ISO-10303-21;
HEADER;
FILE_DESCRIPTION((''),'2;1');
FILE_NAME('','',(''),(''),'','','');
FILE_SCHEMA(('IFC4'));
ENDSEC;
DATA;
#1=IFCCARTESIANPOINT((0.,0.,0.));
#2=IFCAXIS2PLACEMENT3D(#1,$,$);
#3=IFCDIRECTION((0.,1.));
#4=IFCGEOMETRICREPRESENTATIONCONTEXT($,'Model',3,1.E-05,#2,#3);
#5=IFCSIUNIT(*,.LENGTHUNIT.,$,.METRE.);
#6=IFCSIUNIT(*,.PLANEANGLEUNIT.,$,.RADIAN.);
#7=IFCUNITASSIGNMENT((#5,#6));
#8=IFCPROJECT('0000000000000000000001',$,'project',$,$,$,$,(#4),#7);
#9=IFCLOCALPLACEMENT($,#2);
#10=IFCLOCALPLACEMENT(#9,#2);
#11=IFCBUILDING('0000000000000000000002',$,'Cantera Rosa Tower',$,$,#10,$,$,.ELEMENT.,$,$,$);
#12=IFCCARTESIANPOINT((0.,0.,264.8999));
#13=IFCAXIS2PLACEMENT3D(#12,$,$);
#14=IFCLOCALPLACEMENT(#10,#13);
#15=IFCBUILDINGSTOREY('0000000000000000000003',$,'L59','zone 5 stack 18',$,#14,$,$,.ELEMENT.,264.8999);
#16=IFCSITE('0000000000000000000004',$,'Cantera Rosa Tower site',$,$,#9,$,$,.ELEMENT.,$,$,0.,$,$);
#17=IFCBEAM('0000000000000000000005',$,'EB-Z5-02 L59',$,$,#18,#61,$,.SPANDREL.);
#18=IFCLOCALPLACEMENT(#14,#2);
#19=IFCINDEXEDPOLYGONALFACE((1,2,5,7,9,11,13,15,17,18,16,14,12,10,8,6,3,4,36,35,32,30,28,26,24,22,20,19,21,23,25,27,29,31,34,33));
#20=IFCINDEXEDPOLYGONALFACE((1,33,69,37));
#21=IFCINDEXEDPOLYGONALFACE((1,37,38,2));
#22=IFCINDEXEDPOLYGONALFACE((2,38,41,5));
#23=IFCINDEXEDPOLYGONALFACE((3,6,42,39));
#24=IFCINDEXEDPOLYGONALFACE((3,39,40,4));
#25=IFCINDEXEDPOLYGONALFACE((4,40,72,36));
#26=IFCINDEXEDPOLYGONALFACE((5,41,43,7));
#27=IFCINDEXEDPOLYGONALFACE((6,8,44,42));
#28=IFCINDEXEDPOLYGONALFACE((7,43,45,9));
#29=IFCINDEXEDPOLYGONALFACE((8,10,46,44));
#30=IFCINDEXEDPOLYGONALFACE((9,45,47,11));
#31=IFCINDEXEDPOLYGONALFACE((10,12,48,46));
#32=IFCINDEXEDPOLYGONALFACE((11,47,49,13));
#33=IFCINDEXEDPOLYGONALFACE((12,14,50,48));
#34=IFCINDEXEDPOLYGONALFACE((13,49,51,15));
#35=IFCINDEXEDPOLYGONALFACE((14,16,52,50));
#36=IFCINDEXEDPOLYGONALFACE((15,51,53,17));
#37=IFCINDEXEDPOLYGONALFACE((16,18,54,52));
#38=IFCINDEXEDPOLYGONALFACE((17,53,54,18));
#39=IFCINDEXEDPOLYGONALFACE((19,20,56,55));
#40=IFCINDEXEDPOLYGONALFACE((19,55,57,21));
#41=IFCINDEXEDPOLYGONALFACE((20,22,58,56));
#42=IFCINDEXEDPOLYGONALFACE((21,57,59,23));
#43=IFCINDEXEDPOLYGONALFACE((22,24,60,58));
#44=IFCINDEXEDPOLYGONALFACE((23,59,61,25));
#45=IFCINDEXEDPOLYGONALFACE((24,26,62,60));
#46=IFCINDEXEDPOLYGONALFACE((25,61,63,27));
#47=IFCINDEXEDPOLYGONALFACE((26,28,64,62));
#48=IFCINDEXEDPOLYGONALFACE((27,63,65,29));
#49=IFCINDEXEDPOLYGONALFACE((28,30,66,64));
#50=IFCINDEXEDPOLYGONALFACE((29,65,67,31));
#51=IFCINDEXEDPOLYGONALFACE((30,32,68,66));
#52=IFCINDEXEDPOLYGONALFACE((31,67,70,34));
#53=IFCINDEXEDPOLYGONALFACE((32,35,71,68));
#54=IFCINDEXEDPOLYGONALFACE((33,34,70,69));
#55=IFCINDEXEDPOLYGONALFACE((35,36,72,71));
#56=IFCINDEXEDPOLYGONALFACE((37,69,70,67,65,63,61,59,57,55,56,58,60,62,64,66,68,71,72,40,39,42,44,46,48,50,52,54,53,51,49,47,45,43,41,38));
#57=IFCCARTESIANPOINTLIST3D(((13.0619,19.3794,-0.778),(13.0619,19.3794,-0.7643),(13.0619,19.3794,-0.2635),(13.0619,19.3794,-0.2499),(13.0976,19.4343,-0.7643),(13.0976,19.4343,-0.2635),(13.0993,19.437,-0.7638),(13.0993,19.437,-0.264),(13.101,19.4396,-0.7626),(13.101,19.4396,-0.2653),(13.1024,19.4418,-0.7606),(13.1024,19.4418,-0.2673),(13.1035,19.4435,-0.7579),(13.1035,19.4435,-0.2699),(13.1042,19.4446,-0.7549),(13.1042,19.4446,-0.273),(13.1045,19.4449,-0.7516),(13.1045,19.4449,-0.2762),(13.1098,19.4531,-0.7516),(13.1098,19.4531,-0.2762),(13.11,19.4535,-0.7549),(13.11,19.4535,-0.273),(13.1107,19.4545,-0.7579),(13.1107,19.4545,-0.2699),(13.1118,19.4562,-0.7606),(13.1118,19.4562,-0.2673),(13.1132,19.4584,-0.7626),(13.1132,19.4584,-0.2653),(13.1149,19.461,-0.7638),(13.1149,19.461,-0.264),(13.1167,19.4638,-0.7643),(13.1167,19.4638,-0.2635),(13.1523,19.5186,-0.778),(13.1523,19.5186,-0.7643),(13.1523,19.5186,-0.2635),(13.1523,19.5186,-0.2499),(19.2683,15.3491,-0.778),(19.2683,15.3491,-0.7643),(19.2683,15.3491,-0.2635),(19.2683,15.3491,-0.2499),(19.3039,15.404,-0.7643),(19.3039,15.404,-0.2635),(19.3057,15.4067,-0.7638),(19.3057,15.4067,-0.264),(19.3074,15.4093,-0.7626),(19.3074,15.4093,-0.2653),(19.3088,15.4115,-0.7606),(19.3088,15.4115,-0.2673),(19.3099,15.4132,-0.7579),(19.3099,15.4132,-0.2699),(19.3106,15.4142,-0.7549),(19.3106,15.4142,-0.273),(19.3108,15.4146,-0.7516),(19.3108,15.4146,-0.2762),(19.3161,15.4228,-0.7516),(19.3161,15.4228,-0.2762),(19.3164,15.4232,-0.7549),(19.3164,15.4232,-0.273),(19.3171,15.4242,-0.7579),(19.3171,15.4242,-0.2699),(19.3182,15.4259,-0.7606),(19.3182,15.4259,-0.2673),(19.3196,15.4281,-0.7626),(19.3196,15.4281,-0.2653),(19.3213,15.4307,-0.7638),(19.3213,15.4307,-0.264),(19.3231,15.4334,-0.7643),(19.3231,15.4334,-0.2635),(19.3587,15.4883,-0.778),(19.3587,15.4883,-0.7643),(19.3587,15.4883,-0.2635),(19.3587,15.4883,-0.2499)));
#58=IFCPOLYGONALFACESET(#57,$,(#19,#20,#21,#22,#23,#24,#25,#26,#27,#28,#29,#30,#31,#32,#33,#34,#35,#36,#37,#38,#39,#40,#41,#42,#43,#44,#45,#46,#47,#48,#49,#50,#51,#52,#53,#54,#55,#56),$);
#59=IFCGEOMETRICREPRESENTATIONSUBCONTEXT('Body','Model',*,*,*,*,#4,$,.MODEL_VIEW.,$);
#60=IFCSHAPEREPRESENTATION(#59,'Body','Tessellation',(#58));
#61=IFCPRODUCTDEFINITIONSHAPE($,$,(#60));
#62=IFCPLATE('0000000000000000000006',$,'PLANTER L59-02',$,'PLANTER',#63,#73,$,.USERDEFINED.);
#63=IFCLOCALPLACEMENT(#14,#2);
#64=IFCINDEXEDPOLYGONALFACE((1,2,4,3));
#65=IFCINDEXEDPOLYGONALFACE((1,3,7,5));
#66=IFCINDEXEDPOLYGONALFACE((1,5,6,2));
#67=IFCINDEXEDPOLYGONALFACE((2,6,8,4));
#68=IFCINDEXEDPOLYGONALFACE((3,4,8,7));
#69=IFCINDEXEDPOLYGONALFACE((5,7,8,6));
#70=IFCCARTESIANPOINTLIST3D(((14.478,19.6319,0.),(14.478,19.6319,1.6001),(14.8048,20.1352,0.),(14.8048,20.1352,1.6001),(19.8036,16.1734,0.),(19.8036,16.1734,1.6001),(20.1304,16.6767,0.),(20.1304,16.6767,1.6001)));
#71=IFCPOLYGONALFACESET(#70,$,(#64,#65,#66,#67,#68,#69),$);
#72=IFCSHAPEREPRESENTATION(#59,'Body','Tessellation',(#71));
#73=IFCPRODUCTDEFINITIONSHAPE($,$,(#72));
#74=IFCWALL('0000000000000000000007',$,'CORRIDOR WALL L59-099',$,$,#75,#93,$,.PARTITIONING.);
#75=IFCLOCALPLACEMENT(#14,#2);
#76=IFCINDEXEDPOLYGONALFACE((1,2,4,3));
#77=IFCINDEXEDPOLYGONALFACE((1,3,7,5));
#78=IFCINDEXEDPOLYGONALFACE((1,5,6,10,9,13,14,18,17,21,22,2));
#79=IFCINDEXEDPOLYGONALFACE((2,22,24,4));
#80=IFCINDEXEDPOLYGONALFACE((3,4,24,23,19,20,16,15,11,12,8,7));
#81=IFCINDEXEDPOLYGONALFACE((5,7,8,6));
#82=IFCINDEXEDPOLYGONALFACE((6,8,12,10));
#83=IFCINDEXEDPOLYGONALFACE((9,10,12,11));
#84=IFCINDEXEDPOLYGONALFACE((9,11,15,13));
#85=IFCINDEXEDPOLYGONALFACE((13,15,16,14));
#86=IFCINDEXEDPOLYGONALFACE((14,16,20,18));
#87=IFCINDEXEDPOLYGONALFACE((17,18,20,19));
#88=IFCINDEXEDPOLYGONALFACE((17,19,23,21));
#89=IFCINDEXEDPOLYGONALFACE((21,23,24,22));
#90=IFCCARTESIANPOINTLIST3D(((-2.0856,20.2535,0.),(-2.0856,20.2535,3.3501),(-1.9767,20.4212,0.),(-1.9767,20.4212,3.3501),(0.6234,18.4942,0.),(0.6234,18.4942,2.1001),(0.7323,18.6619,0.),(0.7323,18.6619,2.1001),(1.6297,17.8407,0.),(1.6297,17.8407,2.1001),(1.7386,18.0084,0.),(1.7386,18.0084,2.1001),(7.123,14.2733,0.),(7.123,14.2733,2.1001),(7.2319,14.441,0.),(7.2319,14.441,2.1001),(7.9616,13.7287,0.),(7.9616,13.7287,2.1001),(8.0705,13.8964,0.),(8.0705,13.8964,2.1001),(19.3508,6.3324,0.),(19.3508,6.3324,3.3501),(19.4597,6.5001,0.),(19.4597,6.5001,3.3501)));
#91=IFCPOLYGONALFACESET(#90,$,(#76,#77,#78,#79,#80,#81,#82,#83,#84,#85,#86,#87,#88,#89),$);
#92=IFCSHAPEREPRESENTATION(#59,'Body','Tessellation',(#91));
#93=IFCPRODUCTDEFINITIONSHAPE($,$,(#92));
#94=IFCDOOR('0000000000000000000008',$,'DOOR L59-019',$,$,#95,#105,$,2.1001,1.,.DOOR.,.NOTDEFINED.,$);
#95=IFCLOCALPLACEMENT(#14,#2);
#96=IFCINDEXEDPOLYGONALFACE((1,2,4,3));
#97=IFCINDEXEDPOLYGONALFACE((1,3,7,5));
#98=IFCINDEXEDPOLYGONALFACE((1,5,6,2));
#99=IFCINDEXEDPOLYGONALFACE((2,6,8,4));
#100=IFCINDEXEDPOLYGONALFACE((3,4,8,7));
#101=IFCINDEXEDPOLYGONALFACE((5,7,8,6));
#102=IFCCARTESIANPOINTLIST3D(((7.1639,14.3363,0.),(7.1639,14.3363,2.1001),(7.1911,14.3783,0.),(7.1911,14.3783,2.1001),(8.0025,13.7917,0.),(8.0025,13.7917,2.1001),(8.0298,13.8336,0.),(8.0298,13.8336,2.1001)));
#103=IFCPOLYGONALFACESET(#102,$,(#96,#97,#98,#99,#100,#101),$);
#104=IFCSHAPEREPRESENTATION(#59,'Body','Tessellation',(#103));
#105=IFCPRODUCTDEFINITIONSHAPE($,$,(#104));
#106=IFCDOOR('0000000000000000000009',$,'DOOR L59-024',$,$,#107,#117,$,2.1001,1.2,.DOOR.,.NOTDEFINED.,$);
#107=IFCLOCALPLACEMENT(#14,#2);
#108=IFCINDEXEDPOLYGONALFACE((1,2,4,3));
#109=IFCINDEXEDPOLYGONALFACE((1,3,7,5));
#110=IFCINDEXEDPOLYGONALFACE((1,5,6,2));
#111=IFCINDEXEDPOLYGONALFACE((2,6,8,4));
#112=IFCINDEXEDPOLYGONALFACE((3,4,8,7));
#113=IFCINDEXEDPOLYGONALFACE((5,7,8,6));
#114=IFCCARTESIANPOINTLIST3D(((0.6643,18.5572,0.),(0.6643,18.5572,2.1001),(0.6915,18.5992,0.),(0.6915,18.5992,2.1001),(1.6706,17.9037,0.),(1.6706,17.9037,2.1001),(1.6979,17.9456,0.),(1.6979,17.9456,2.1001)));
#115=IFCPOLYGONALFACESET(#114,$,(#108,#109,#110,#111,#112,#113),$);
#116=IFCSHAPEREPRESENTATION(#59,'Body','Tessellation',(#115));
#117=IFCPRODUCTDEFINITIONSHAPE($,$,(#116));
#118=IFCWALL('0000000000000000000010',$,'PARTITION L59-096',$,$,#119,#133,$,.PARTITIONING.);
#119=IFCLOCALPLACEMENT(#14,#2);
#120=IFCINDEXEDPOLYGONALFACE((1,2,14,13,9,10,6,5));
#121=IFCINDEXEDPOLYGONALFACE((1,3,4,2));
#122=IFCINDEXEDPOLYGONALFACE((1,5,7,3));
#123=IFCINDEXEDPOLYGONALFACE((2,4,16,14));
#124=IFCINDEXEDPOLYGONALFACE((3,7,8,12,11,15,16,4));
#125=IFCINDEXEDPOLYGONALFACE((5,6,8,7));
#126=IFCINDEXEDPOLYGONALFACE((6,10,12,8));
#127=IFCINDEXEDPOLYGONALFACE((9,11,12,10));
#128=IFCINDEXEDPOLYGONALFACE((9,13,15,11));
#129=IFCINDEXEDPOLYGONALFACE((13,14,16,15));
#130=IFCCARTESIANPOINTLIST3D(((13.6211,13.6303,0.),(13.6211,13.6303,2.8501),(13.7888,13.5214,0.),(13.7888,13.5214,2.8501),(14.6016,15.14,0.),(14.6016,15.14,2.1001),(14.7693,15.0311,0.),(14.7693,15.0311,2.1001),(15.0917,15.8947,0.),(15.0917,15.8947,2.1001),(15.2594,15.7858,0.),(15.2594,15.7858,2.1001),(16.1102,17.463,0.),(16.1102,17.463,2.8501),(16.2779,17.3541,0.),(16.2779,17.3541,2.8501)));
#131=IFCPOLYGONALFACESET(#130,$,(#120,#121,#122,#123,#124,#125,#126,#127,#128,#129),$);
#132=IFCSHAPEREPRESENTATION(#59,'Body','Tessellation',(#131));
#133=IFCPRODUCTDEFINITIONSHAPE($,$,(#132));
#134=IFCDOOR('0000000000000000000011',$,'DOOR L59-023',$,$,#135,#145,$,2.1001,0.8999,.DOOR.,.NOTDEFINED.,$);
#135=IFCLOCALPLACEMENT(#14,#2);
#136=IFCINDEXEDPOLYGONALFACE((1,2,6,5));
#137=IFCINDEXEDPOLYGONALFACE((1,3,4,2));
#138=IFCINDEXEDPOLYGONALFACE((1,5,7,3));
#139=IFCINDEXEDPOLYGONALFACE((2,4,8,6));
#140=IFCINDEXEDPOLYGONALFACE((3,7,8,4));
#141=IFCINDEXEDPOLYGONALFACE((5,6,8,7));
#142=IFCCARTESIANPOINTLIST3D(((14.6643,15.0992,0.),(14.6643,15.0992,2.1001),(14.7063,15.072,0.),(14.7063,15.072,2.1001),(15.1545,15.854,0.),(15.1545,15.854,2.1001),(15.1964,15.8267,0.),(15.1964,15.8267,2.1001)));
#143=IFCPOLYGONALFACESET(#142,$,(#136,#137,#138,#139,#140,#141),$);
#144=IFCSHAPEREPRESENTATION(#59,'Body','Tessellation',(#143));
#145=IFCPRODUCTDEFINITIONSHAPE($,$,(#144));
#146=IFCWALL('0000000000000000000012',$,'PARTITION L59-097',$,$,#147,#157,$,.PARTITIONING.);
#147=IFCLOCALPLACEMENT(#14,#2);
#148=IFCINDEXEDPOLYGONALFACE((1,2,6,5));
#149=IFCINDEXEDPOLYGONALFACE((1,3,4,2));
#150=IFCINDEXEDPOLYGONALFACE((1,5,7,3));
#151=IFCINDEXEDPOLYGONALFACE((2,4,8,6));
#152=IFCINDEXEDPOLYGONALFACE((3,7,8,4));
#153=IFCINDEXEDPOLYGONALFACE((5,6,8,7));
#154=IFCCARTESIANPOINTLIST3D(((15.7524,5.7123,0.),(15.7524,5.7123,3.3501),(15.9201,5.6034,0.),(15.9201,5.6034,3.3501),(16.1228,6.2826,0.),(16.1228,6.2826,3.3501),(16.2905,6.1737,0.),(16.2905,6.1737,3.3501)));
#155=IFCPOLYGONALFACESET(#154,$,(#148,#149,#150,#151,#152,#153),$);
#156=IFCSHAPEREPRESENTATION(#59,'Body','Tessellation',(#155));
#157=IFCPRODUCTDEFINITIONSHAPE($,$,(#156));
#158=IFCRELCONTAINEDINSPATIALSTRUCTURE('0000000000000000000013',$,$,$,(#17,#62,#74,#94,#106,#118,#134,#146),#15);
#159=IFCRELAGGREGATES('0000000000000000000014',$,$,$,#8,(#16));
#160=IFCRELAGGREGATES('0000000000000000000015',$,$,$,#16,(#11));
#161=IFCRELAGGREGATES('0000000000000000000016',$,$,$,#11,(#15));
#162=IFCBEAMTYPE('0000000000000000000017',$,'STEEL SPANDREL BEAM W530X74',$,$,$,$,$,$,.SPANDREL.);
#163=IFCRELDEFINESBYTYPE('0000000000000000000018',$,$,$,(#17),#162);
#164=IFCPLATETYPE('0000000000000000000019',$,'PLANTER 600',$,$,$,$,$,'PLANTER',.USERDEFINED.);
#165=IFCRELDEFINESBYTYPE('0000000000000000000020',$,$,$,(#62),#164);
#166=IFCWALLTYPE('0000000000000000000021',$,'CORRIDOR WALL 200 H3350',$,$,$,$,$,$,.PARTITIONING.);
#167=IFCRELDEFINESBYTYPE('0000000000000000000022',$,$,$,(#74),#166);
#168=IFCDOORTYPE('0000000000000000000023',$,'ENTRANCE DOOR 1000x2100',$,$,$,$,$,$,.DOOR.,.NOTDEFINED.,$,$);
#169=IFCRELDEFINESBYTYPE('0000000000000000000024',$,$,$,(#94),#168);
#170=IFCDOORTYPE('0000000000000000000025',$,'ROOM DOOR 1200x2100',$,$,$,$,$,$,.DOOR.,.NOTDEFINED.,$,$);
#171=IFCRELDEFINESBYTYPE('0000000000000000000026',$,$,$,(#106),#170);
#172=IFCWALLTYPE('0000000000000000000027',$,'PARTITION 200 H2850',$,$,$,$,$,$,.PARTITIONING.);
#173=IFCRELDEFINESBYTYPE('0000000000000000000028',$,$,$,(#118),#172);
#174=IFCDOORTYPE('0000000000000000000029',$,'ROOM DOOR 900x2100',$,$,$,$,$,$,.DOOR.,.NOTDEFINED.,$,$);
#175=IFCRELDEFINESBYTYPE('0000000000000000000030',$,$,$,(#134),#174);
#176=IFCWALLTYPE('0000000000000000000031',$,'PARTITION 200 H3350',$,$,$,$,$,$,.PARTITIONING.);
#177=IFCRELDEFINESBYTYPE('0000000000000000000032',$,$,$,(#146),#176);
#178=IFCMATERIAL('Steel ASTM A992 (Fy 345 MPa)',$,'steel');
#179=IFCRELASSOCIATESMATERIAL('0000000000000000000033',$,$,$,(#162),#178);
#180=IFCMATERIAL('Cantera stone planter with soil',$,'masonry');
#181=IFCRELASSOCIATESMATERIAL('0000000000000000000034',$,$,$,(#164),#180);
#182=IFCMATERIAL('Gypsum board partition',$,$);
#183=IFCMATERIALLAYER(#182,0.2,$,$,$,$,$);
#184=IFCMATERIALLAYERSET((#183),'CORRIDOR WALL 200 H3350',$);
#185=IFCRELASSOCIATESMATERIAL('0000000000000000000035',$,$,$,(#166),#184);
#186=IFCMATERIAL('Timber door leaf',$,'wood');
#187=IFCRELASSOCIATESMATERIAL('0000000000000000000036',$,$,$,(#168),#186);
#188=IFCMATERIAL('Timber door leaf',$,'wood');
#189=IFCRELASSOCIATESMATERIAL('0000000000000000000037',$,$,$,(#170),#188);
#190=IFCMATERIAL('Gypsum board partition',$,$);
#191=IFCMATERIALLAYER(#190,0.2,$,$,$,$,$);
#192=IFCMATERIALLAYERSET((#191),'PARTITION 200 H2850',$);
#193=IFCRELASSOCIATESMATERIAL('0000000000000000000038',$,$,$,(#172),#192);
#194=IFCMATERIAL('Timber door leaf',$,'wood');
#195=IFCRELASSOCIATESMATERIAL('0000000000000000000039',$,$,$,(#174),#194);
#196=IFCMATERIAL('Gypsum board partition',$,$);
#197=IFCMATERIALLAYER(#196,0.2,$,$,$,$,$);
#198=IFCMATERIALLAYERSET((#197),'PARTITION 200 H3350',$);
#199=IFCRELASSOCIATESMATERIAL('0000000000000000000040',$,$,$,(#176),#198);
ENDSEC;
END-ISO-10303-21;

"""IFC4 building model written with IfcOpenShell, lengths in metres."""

from ifc_helpers import new_model, si_unit, direction, frame, frame_2d, origin, origin_2d, place, context, subcontext, project, spatial, rectangle, i_section, extrude, material, layer, layer_set, material_profile, profile_set, type_object, element, fill, save


model = new_model("IFC4")

# Units and contexts
model_context = context("Model", 3, precision=1e-05, world=origin(), true_north=direction((0.0, 1.0)))
body_context = subcontext(model_context, "Body", "Model", "MODEL_VIEW")
ifc_project = project(units=[si_unit("LENGTHUNIT", "METRE"), si_unit("PLANEANGLEUNIT", "RADIAN")], contexts=[model_context])

# Site, building, storey
site_placement = place(None, origin())
site = spatial("IfcSite", under=ifc_project, at=site_placement, Name="Cantera Rosa Tower site", CompositionType="ELEMENT", RefElevation=0.0)
building_placement = place(site_placement, origin())
building = spatial("IfcBuilding", under=site, at=building_placement, Name="Cantera Rosa Tower", CompositionType="ELEMENT")
storey_placement = place(building_placement, frame((0.0, 0.0, 264.8999)))
storey = spatial("IfcBuildingStorey", under=building, at=storey_placement, Name="L59", Description="zone 5 stack 18", CompositionType="ELEMENT", Elevation=264.8999)

# Beam
ifc_material_1 = material(Name="Steel ASTM A992 (Fy 345 MPa)", Category="steel")
ifc_material_profile_1 = material_profile(ifc_material_1, i_section(OverallWidth=0.166, OverallDepth=0.5281, WebThickness=0.0098, FlangeThickness=0.0137, FilletRadius=0.0127, at=origin_2d()), Name="W530X74")
ifc_profile_set_1 = profile_set([ifc_material_profile_1], Name="Steel ASTM A992 (Fy 345 MPa)")
beam_type_1 = type_object("IfcBeamType", Name="STEEL SPANDREL BEAM W530X74", PredefinedType="SPANDREL", material=ifc_profile_set_1)
beam_1_placement = place(storey_placement, frame((19.3135, 15.4187, -0.5139), z_axis=(-0.838679, 0.544625, 0.0), x_axis=(-0.544625, -0.838679, 0.0)))
element("IfcBeam", 1, at=beam_1_placement, inside=storey, type_object=beam_type_1, Name="EB-Z5-02 L59", PredefinedType="SPANDREL", context=body_context, shape_type="SweptSolid", body=[
    extrude(i_section(OverallWidth=0.166, OverallDepth=0.5281, WebThickness=0.0098, FlangeThickness=0.0137, FilletRadius=0.0127, at=origin_2d()), origin(), (0.0, 0.0, 1.0), 7.4001),
])

# Plate
ifc_material_2 = material(Name="Cantera stone planter with soil", Category="masonry")
plate_type = type_object("IfcPlateType", Name="PLANTER 600", ElementType="PLANTER", PredefinedType="USERDEFINED", material=ifc_material_2)
plate_placement = place(storey_placement, frame((17.3042, 18.1543, 0.0), z_axis=(0.0, 0.0, 1.0), x_axis=(-0.838671, 0.544639, 0.0)))
element("IfcPlate", 2, at=plate_placement, inside=storey, type_object=plate_type, Name="PLANTER L59-02", ObjectType="PLANTER", PredefinedType="USERDEFINED", context=body_context, shape_type="SweptSolid", body=[
    extrude(rectangle(XDim=6.3501, YDim=0.6001, at=origin_2d()), origin(), (0.0, 0.0, 1.0), 1.6001),
])

# Wall, openings, doors
ifc_material_3 = material(Name="Gypsum board partition")
ifc_layer_1 = layer(ifc_material_3, 0.2)
ifc_layer_set_1 = layer_set([ifc_layer_1], Name="CORRIDOR WALL 200 H3350")
wall_type_1 = type_object("IfcWallType", Name="CORRIDOR WALL 200 H3350", PredefinedType="PARTITIONING", material=ifc_layer_set_1)
wall_1_placement = place(storey_placement, frame((19.4053, 6.4163, 0.0), z_axis=(0.0, 0.0, 1.0), x_axis=(-0.838669, 0.544642, 0.0)))
wall_1 = element("IfcWall", 3, at=wall_1_placement, inside=storey, type_object=wall_type_1, Name="CORRIDOR WALL L59-099", PredefinedType="PARTITIONING", context=body_context, shape_type="SweptSolid", body=[
    extrude(rectangle(XDim=25.5601, YDim=0.2, at=frame_2d((12.78, 0.0))), origin(), (0.0, 0.0, 1.0), 3.3501),
])
opening_1_placement = place(wall_1_placement, frame((13.5801, 0.0, 0.0)))
opening_1 = element("IfcOpeningElement", 4, at=opening_1_placement, cuts=wall_1, PredefinedType="OPENING", context=body_context, shape_type="SweptSolid", body=[
    extrude(rectangle(XDim=1.0, YDim=2.1001, at=frame_2d((0.5, 1.05))), frame((0.0, 0.1099, 0.0), z_axis=(0.0, -1.0, 0.0), x_axis=(1.0, 0.0, 0.0)), (0.0, 0.0, 1.0), 0.22),
])
opening_2_placement = place(wall_1_placement, frame((21.1299, 0.0, 0.0)))
opening_2 = element("IfcOpeningElement", 5, at=opening_2_placement, cuts=wall_1, PredefinedType="OPENING", context=body_context, shape_type="SweptSolid", body=[
    extrude(rectangle(XDim=1.2, YDim=2.1001, at=frame_2d((0.6001, 1.05))), frame((0.0, 0.1099, 0.0), z_axis=(0.0, -1.0, 0.0), x_axis=(1.0, 0.0, 0.0)), (0.0, 0.0, 1.0), 0.22),
])
ifc_material_4 = material(Name="Timber door leaf", Category="wood")
door_type_1 = type_object("IfcDoorType", Name="ENTRANCE DOOR 1000x2100", OperationType="NOTDEFINED", PredefinedType="DOOR", material=ifc_material_4)
door_1_placement = place(opening_1_placement, origin())
door_1 = element("IfcDoor", 6, at=door_1_placement, inside=storey, type_object=door_type_1, Name="DOOR L59-019", OperationType="NOTDEFINED", OverallHeight=2.1001, OverallWidth=1.0, PredefinedType="DOOR", context=body_context, shape_type="SweptSolid", body=[
    extrude(rectangle(XDim=1.0, YDim=2.1001, at=frame_2d((0.5, 1.05))), frame((0.0, 0.0249, 0.0), z_axis=(0.0, -1.0, 0.0), x_axis=(1.0, 0.0, 0.0)), (0.0, 0.0, 1.0), 0.05),
])
fill(opening_1, door_1)
ifc_material_5 = material(Name="Timber door leaf", Category="wood")
door_type_2 = type_object("IfcDoorType", Name="ROOM DOOR 1200x2100", OperationType="NOTDEFINED", PredefinedType="DOOR", material=ifc_material_5)
door_2_placement = place(opening_2_placement, origin())
door_2 = element("IfcDoor", 7, at=door_2_placement, inside=storey, type_object=door_type_2, Name="DOOR L59-024", OperationType="NOTDEFINED", OverallHeight=2.1001, OverallWidth=1.2, PredefinedType="DOOR", context=body_context, shape_type="SweptSolid", body=[
    extrude(rectangle(XDim=1.2, YDim=2.1001, at=frame_2d((0.6001, 1.05))), frame((0.0, 0.0249, 0.0), z_axis=(0.0, -1.0, 0.0), x_axis=(1.0, 0.0, 0.0)), (0.0, 0.0, 1.0), 0.05),
])
fill(opening_2, door_2)

# Wall, opening, door
ifc_material_6 = material(Name="Gypsum board partition")
ifc_layer_2 = layer(ifc_material_6, 0.2)
ifc_layer_set_2 = layer_set([ifc_layer_2], Name="PARTITION 200 H2850")
wall_type_2 = type_object("IfcWallType", Name="PARTITION 200 H2850", PredefinedType="PARTITIONING", material=ifc_layer_set_2)
wall_2_placement = place(storey_placement, frame((16.1941, 17.4087, 0.0), z_axis=(0.0, 0.0, 1.0), x_axis=(-0.544637, -0.838672, 0.0)))
wall_2 = element("IfcWall", 8, at=wall_2_placement, inside=storey, type_object=wall_type_2, Name="PARTITION L59-096", PredefinedType="PARTITIONING", context=body_context, shape_type="SweptSolid", body=[
    extrude(rectangle(XDim=4.5701, YDim=0.2, at=frame_2d((2.2852, 0.0))), origin(), (0.0, 0.0, 1.0), 2.8501),
])
opening_3_placement = place(wall_2_placement, frame((1.8701, 0.0, 0.0)))
opening_3 = element("IfcOpeningElement", 9, at=opening_3_placement, cuts=wall_2, PredefinedType="OPENING", context=body_context, shape_type="SweptSolid", body=[
    extrude(rectangle(XDim=0.8999, YDim=2.1001, at=frame_2d((0.45, 1.05))), frame((0.0, 0.1099, 0.0), z_axis=(0.0, -1.0, 0.0), x_axis=(1.0, 0.0, 0.0)), (0.0, 0.0, 1.0), 0.22),
])
ifc_material_7 = material(Name="Timber door leaf", Category="wood")
door_type_3 = type_object("IfcDoorType", Name="ROOM DOOR 900x2100", OperationType="NOTDEFINED", PredefinedType="DOOR", material=ifc_material_7)
door_3_placement = place(opening_3_placement, origin())
door_3 = element("IfcDoor", 10, at=door_3_placement, inside=storey, type_object=door_type_3, Name="DOOR L59-023", OperationType="NOTDEFINED", OverallHeight=2.1001, OverallWidth=0.8999, PredefinedType="DOOR", context=body_context, shape_type="SweptSolid", body=[
    extrude(rectangle(XDim=0.8999, YDim=2.1001, at=frame_2d((0.45, 1.05))), frame((0.0, 0.0249, 0.0), z_axis=(0.0, -1.0, 0.0), x_axis=(1.0, 0.0, 0.0)), (0.0, 0.0, 1.0), 0.05),
])
fill(opening_3, door_3)

# Wall
ifc_material_8 = material(Name="Gypsum board partition")
ifc_layer_3 = layer(ifc_material_8, 0.2)
ifc_layer_set_3 = layer_set([ifc_layer_3], Name="PARTITION 200 H3350")
wall_type_3 = type_object("IfcWallType", Name="PARTITION 200 H3350", PredefinedType="PARTITIONING", material=ifc_layer_set_3)
wall_3_placement = place(storey_placement, frame((16.2065, 6.228, 0.0), z_axis=(0.0, 0.0, 1.0), x_axis=(-0.544635, -0.838673, 0.0)))
element("IfcWall", 11, at=wall_3_placement, inside=storey, type_object=wall_type_3, Name="PARTITION L59-097", PredefinedType="PARTITIONING", context=body_context, shape_type="SweptSolid", body=[
    extrude(rectangle(XDim=0.6799, YDim=0.2, at=frame_2d((0.3398, 0.0))), origin(), (0.0, 0.0, 1.0), 3.3501),
])

save(model, "model.ifc")
